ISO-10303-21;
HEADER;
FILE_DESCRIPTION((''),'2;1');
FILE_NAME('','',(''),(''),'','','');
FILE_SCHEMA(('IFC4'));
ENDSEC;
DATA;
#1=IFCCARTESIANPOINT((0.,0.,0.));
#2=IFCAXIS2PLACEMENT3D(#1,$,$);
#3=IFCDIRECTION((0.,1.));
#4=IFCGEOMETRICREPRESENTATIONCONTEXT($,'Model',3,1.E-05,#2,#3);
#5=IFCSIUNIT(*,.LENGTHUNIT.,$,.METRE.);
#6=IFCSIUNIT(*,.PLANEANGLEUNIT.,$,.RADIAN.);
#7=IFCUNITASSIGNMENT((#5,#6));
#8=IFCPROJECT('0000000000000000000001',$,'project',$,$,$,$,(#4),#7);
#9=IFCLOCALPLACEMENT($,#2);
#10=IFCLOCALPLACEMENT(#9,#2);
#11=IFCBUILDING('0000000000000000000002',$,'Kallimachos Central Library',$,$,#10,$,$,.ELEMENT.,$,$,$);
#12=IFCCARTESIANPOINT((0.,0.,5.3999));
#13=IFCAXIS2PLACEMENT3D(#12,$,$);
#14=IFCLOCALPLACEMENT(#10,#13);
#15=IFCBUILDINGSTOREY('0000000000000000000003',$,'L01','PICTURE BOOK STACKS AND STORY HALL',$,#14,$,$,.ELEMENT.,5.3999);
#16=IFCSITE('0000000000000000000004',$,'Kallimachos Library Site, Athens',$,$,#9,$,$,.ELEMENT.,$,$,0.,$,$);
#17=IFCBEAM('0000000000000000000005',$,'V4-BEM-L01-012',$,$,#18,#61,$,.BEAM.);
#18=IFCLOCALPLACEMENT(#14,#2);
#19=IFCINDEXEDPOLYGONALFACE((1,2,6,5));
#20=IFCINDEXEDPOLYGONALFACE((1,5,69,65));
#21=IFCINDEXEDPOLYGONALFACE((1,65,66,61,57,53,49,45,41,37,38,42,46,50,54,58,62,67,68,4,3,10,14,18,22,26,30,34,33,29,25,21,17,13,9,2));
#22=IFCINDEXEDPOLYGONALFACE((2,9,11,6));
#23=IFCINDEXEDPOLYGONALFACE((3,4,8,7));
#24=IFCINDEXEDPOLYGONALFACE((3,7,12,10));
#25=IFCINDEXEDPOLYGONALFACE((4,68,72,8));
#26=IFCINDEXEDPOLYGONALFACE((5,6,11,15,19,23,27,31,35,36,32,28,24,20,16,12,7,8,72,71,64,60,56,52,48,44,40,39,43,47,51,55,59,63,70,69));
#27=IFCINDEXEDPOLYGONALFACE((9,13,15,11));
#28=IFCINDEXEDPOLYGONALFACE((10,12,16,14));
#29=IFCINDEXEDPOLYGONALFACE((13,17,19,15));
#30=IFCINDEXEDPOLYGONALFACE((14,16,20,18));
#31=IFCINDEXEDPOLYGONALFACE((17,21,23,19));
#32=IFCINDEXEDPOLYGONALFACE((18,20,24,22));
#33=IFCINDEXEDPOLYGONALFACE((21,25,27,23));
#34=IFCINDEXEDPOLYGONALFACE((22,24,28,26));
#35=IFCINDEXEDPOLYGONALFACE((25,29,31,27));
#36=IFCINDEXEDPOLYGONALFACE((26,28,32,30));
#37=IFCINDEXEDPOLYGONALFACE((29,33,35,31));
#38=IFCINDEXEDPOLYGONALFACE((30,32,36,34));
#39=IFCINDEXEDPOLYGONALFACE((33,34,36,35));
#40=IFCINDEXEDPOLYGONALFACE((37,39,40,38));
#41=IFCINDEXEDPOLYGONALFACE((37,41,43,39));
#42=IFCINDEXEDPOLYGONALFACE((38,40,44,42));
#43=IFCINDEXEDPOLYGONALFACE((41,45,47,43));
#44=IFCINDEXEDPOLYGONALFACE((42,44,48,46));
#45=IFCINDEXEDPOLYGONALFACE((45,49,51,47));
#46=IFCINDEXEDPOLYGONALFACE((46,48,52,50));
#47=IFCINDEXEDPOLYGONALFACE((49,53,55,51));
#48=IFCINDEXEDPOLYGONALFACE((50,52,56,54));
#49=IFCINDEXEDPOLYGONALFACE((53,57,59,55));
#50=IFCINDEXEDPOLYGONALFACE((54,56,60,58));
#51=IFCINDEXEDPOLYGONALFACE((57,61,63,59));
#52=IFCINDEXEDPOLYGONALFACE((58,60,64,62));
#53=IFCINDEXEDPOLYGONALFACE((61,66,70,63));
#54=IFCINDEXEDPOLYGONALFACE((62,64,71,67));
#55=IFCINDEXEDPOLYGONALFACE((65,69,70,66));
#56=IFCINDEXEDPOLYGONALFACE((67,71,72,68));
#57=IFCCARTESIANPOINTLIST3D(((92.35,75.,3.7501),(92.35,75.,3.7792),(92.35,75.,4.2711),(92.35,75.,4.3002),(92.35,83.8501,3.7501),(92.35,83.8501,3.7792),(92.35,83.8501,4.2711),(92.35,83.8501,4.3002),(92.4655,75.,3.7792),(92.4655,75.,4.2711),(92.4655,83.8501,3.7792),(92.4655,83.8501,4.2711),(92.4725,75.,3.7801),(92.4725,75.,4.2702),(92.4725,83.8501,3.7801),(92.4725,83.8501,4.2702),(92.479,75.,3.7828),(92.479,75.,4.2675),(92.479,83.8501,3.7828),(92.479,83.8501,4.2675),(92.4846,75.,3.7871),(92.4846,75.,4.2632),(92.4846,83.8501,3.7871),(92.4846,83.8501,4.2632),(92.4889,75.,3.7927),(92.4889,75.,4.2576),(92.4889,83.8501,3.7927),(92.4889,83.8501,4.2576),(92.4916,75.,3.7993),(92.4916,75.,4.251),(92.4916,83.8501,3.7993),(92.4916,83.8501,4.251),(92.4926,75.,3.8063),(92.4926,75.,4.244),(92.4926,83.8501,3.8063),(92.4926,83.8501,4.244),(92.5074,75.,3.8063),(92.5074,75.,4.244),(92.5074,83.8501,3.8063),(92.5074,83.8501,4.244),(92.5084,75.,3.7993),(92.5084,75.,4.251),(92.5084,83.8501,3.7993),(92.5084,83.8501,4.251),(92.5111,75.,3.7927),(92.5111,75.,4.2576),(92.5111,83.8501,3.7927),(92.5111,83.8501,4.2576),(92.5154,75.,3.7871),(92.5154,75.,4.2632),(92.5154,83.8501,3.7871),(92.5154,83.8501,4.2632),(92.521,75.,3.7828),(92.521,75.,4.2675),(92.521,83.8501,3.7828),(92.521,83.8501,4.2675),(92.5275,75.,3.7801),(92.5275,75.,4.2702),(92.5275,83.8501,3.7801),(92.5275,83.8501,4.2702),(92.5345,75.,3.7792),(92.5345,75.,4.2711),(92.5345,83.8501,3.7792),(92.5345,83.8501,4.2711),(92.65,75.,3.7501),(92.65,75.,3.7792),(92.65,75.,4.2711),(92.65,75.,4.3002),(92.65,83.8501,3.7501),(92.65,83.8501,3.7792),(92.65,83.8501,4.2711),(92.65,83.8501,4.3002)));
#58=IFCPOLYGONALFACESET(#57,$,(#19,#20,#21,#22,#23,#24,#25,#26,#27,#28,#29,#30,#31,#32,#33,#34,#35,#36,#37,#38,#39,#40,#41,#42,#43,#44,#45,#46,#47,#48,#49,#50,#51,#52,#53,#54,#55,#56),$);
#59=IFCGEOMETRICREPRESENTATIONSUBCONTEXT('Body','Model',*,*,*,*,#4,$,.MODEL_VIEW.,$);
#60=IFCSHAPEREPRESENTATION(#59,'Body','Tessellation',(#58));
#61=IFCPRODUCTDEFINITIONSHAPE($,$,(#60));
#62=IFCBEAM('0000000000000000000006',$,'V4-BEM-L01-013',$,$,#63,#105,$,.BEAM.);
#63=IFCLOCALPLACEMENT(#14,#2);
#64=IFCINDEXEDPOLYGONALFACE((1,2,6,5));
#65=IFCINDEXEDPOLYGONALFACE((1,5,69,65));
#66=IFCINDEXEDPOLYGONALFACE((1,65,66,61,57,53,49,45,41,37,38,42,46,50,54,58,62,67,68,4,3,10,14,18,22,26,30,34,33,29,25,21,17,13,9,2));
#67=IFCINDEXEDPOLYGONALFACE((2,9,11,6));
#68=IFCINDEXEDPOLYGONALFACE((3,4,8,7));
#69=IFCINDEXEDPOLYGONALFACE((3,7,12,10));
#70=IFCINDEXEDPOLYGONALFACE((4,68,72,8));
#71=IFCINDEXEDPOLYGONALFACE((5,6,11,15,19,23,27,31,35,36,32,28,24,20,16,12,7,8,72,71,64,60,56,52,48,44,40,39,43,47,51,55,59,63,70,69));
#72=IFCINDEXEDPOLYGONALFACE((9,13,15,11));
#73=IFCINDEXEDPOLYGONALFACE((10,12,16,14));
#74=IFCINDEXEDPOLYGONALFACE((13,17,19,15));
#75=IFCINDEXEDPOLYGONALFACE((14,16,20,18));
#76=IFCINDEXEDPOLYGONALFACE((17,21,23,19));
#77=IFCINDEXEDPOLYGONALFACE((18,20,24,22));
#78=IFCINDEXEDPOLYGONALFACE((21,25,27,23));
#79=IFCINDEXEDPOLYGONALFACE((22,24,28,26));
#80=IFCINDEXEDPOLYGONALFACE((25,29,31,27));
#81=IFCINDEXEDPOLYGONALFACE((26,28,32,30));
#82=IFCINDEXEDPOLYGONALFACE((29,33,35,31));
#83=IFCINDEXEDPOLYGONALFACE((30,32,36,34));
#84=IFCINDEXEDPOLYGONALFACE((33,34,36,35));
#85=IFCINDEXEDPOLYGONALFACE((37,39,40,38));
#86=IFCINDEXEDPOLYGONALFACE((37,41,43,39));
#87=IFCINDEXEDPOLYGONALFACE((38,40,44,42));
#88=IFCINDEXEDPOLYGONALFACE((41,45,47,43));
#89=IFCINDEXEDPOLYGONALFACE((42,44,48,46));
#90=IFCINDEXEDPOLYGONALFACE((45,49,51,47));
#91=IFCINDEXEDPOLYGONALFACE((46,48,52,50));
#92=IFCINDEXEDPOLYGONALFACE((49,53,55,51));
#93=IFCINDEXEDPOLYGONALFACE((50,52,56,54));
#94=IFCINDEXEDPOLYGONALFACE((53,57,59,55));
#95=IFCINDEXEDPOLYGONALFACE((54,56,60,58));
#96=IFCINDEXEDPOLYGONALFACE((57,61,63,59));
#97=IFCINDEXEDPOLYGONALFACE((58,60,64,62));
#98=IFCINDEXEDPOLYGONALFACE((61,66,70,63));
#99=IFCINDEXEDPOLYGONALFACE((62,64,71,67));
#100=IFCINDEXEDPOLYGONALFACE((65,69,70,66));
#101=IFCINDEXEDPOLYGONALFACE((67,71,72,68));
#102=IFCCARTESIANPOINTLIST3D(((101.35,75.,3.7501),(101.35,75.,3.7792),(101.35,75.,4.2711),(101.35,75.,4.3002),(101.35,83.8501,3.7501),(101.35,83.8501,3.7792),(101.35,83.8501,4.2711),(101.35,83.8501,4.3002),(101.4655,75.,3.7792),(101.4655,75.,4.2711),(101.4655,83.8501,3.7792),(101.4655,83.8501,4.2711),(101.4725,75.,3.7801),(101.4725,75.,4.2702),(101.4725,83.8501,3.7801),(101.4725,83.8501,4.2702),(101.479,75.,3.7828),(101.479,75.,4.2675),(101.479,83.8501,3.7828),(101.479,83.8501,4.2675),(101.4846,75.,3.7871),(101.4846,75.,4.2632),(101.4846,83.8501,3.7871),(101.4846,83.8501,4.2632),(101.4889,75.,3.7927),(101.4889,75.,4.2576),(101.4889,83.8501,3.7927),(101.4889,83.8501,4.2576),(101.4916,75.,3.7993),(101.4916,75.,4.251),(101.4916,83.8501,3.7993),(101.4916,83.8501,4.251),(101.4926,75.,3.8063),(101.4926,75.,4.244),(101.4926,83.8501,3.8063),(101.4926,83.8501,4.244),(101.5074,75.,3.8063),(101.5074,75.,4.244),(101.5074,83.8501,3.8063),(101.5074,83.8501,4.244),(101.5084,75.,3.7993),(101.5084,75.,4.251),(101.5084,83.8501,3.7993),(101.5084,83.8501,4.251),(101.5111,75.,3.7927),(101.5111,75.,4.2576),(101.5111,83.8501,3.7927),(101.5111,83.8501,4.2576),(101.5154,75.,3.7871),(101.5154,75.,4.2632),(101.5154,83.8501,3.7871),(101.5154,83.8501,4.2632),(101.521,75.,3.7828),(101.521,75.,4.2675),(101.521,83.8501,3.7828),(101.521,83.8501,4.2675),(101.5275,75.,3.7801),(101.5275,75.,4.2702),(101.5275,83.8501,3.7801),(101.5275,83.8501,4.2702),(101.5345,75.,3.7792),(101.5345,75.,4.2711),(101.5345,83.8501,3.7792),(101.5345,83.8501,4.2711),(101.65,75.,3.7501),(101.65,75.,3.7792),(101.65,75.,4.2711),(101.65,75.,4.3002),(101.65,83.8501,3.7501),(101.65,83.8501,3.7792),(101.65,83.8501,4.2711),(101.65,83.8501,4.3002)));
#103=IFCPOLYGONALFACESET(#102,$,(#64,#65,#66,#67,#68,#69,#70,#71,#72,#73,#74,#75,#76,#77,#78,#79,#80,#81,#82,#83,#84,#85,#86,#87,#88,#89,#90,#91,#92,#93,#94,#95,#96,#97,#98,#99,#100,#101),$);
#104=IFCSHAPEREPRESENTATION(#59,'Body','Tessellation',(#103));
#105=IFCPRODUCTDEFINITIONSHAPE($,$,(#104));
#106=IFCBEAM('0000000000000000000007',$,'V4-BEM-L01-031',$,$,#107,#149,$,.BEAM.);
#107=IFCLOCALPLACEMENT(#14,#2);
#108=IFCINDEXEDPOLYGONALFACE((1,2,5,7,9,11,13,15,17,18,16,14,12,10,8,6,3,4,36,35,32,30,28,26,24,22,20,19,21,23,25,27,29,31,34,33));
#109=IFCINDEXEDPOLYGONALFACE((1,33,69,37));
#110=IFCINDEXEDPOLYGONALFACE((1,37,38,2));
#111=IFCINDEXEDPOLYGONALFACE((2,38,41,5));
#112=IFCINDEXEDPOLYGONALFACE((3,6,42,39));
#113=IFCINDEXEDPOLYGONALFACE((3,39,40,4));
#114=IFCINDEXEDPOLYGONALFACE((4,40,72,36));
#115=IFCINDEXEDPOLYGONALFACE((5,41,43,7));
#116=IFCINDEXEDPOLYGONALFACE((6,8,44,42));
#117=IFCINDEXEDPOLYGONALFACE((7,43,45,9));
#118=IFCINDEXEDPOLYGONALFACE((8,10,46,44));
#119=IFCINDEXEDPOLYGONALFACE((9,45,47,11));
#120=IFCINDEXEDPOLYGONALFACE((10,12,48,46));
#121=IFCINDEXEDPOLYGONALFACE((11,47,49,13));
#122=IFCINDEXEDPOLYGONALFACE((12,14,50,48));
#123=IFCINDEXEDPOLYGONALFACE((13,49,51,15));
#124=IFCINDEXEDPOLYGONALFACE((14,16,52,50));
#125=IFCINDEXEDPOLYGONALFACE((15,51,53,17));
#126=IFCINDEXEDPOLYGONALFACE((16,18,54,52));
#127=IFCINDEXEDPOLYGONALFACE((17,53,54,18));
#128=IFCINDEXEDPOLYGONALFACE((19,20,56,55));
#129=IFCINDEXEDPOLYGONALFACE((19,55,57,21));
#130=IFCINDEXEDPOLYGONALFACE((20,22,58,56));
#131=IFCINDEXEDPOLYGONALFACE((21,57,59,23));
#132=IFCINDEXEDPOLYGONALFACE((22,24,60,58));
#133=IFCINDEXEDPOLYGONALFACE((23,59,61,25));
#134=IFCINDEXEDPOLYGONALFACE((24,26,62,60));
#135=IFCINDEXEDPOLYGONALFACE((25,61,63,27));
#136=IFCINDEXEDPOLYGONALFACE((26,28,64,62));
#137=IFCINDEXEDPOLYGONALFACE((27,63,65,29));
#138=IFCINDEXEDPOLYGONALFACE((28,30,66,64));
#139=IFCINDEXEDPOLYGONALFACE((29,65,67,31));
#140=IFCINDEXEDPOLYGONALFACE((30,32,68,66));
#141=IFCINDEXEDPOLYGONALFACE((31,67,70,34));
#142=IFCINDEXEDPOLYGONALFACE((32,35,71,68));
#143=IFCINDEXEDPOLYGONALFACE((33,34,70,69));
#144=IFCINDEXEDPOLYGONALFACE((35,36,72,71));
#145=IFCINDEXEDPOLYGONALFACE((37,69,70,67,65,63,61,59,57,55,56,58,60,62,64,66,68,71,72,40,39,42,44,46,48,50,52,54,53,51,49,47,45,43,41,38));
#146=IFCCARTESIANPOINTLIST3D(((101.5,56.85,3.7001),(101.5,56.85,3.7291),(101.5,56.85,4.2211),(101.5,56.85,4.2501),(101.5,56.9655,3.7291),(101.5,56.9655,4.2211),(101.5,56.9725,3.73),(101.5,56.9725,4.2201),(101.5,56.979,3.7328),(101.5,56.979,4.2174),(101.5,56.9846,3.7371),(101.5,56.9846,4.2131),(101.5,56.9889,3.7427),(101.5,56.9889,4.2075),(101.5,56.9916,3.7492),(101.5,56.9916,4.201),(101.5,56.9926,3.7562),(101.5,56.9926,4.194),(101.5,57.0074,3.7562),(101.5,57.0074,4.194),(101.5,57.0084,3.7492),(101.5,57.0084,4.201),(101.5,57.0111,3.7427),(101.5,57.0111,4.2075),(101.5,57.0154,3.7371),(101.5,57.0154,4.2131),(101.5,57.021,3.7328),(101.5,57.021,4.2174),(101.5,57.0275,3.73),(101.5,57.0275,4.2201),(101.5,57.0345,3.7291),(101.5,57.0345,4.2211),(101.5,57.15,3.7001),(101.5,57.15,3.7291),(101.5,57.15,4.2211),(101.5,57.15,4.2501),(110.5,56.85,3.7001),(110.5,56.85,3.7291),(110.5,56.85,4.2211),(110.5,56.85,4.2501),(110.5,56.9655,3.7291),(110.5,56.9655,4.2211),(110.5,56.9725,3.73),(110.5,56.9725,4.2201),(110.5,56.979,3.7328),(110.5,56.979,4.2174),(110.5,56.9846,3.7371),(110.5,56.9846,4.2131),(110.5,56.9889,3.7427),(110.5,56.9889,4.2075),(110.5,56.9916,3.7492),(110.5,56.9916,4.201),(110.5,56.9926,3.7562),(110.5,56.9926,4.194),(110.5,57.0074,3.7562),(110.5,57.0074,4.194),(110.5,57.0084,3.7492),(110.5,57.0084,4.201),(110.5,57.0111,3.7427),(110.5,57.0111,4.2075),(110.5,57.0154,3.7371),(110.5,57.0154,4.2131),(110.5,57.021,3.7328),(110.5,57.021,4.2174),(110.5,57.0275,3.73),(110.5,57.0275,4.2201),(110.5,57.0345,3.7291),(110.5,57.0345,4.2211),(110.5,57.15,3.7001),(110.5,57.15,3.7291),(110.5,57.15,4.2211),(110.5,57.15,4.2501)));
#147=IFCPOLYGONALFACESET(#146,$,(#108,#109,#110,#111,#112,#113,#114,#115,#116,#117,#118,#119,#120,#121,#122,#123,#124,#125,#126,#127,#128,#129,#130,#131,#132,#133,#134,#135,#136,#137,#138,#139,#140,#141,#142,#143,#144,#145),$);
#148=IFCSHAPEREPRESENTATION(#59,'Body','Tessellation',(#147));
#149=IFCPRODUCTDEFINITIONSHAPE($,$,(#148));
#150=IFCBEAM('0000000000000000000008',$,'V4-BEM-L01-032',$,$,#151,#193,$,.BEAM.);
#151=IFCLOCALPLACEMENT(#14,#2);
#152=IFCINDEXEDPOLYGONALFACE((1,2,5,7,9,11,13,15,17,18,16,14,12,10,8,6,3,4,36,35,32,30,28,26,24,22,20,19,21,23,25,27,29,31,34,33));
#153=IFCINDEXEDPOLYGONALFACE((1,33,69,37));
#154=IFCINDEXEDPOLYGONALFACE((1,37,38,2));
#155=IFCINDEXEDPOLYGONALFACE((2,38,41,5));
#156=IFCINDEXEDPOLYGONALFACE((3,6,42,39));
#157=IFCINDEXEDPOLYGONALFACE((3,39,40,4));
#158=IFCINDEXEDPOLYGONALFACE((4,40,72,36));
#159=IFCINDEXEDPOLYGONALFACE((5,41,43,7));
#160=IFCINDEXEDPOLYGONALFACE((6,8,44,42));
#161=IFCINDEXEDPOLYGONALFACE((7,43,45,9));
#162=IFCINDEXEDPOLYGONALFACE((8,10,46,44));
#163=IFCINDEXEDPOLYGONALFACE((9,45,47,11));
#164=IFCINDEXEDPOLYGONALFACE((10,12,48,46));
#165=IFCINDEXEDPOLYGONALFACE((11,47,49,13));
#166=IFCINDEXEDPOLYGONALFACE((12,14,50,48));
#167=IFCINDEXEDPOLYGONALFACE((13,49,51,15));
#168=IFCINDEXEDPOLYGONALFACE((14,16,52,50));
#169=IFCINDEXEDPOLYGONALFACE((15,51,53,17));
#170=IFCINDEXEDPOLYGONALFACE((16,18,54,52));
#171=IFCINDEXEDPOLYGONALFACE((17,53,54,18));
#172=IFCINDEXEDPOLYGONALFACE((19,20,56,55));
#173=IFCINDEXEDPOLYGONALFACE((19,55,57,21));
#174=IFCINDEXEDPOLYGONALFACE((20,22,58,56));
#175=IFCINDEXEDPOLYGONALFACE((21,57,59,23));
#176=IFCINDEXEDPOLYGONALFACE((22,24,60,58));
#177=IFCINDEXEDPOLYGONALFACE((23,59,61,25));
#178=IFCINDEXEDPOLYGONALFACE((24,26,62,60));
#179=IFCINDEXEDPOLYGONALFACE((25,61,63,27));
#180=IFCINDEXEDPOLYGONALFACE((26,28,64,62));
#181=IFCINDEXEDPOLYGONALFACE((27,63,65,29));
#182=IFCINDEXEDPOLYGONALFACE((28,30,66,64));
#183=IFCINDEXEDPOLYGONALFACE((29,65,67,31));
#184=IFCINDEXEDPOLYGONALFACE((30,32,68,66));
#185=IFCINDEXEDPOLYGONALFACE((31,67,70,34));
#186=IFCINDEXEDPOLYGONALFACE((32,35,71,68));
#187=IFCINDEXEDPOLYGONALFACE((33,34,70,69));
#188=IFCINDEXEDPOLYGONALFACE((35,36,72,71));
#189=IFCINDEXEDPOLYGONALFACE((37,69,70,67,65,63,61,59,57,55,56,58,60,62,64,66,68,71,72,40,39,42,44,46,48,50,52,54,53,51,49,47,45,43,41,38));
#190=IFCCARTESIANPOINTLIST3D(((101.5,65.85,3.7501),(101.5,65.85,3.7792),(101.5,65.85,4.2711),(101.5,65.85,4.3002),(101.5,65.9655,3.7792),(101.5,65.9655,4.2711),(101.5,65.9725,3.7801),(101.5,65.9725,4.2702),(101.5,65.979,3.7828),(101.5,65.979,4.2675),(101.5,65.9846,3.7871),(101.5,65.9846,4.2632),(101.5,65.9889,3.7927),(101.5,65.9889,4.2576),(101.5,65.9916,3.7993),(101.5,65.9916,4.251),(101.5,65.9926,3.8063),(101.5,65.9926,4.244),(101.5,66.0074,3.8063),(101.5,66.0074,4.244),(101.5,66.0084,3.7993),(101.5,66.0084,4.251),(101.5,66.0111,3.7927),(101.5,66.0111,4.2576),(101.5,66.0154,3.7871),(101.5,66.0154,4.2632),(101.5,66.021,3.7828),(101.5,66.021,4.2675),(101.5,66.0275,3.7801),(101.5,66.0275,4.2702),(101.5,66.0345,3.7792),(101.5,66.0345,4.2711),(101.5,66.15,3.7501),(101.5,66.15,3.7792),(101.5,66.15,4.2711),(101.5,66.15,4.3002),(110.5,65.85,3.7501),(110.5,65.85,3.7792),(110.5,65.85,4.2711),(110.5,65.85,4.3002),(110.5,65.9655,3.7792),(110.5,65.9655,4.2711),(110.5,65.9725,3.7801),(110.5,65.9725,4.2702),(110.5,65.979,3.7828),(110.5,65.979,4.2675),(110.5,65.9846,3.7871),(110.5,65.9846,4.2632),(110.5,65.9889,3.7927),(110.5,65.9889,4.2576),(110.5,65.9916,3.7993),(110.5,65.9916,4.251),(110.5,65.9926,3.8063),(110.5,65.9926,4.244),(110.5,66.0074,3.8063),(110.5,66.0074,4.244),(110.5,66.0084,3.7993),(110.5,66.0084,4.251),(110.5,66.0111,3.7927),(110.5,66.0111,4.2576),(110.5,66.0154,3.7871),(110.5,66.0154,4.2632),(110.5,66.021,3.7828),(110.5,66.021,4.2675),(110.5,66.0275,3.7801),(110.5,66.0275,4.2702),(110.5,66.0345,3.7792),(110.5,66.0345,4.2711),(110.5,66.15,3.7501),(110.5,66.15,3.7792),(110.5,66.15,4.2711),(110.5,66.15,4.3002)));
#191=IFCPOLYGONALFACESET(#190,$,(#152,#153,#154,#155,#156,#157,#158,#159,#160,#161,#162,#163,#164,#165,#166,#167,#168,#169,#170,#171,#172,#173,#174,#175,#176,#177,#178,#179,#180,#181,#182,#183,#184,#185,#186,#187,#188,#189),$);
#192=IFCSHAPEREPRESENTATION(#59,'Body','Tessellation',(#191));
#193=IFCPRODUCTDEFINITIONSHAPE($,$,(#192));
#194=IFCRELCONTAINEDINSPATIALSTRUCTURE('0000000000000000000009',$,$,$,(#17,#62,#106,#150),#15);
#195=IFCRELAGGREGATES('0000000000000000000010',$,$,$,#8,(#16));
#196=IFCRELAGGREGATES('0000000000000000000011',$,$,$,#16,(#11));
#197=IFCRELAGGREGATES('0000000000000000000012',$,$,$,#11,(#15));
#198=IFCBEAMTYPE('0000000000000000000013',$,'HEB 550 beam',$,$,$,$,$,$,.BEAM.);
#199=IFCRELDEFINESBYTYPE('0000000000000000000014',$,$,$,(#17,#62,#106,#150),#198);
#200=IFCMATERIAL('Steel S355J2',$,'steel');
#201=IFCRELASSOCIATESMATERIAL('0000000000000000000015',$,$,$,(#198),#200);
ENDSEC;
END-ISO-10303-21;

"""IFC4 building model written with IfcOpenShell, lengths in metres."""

from ifc_helpers import new_model, si_unit, direction, frame, origin, origin_2d, place, context, subcontext, project, spatial, i_section, extrude, material, material_profile, profile_set, type_object, element, save


model = new_model("IFC4")

# Units and contexts
model_context = context("Model", 3, precision=1e-05, world=origin(), true_north=direction((0.0, 1.0)))
body_context = subcontext(model_context, "Body", "Model", "MODEL_VIEW")
ifc_project = project(units=[si_unit("LENGTHUNIT", "METRE"), si_unit("PLANEANGLEUNIT", "RADIAN")], contexts=[model_context])

# Site, building, storey
site_placement = place(None, origin())
site = spatial("IfcSite", under=ifc_project, at=site_placement, Name="Kallimachos Library Site, Athens", CompositionType="ELEMENT", RefElevation=0.0)
building_placement = place(site_placement, origin())
building = spatial("IfcBuilding", under=site, at=building_placement, Name="Kallimachos Central Library", CompositionType="ELEMENT")
storey_placement = place(building_placement, frame((0.0, 0.0, 5.3999)))
storey = spatial("IfcBuildingStorey", under=building, at=storey_placement, Name="L01", Description="PICTURE BOOK STACKS AND STORY HALL", CompositionType="ELEMENT", Elevation=5.3999)

# Beams
ifc_material_1 = material(Name="Steel S355J2", Category="steel")
ifc_material_profile_1 = material_profile(ifc_material_1, i_section(OverallWidth=0.3, OverallDepth=0.55, WebThickness=0.0149, FlangeThickness=0.0291, FilletRadius=0.0271, at=origin_2d()), Name="HEB 550")
ifc_profile_set_1 = profile_set([ifc_material_profile_1], Name="Steel S355J2")
beam_type = type_object("IfcBeamType", Name="HEB 550 beam", PredefinedType="BEAM", material=ifc_profile_set_1)
for number, where, z_axis, x_axis, name in (
    (1, (92.5, 75.0, 4.0251), (0.0, 1.0, 0.0), (-1.0, 0.0, 0.0), "V4-BEM-L01-012"),
    (2, (101.5, 75.0, 4.0251), (0.0, 1.0, 0.0), (-1.0, 0.0, 0.0), "V4-BEM-L01-013"),
):
    element("IfcBeam", number, at=place(storey_placement, frame(where, z_axis=z_axis, x_axis=x_axis)), inside=storey, type_object=beam_type, Name=name, PredefinedType="BEAM", context=body_context, shape_type="SweptSolid", body=[
        extrude(i_section(OverallWidth=0.3, OverallDepth=0.55, WebThickness=0.0149, FlangeThickness=0.0291, FilletRadius=0.0271, at=origin_2d()), origin(), (0.0, 0.0, 1.0), 8.8501),
    ])
for number, where, z_axis, x_axis, name in (
    (3, (101.5, 57.0, 3.9751), (1.0, 0.0, 0.0), (0.0, 1.0, 0.0), "V4-BEM-L01-031"),
    (4, (101.5, 66.0, 4.0251), (1.0, 0.0, 0.0), (0.0, 1.0, 0.0), "V4-BEM-L01-032"),
):
    element("IfcBeam", number, at=place(storey_placement, frame(where, z_axis=z_axis, x_axis=x_axis)), inside=storey, type_object=beam_type, Name=name, PredefinedType="BEAM", context=body_context, shape_type="SweptSolid", body=[
        extrude(i_section(OverallWidth=0.3, OverallDepth=0.55, WebThickness=0.0149, FlangeThickness=0.0291, FilletRadius=0.0271, at=origin_2d()), origin(), (0.0, 0.0, 1.0), 9.0),
    ])

save(model, "model.ifc")
